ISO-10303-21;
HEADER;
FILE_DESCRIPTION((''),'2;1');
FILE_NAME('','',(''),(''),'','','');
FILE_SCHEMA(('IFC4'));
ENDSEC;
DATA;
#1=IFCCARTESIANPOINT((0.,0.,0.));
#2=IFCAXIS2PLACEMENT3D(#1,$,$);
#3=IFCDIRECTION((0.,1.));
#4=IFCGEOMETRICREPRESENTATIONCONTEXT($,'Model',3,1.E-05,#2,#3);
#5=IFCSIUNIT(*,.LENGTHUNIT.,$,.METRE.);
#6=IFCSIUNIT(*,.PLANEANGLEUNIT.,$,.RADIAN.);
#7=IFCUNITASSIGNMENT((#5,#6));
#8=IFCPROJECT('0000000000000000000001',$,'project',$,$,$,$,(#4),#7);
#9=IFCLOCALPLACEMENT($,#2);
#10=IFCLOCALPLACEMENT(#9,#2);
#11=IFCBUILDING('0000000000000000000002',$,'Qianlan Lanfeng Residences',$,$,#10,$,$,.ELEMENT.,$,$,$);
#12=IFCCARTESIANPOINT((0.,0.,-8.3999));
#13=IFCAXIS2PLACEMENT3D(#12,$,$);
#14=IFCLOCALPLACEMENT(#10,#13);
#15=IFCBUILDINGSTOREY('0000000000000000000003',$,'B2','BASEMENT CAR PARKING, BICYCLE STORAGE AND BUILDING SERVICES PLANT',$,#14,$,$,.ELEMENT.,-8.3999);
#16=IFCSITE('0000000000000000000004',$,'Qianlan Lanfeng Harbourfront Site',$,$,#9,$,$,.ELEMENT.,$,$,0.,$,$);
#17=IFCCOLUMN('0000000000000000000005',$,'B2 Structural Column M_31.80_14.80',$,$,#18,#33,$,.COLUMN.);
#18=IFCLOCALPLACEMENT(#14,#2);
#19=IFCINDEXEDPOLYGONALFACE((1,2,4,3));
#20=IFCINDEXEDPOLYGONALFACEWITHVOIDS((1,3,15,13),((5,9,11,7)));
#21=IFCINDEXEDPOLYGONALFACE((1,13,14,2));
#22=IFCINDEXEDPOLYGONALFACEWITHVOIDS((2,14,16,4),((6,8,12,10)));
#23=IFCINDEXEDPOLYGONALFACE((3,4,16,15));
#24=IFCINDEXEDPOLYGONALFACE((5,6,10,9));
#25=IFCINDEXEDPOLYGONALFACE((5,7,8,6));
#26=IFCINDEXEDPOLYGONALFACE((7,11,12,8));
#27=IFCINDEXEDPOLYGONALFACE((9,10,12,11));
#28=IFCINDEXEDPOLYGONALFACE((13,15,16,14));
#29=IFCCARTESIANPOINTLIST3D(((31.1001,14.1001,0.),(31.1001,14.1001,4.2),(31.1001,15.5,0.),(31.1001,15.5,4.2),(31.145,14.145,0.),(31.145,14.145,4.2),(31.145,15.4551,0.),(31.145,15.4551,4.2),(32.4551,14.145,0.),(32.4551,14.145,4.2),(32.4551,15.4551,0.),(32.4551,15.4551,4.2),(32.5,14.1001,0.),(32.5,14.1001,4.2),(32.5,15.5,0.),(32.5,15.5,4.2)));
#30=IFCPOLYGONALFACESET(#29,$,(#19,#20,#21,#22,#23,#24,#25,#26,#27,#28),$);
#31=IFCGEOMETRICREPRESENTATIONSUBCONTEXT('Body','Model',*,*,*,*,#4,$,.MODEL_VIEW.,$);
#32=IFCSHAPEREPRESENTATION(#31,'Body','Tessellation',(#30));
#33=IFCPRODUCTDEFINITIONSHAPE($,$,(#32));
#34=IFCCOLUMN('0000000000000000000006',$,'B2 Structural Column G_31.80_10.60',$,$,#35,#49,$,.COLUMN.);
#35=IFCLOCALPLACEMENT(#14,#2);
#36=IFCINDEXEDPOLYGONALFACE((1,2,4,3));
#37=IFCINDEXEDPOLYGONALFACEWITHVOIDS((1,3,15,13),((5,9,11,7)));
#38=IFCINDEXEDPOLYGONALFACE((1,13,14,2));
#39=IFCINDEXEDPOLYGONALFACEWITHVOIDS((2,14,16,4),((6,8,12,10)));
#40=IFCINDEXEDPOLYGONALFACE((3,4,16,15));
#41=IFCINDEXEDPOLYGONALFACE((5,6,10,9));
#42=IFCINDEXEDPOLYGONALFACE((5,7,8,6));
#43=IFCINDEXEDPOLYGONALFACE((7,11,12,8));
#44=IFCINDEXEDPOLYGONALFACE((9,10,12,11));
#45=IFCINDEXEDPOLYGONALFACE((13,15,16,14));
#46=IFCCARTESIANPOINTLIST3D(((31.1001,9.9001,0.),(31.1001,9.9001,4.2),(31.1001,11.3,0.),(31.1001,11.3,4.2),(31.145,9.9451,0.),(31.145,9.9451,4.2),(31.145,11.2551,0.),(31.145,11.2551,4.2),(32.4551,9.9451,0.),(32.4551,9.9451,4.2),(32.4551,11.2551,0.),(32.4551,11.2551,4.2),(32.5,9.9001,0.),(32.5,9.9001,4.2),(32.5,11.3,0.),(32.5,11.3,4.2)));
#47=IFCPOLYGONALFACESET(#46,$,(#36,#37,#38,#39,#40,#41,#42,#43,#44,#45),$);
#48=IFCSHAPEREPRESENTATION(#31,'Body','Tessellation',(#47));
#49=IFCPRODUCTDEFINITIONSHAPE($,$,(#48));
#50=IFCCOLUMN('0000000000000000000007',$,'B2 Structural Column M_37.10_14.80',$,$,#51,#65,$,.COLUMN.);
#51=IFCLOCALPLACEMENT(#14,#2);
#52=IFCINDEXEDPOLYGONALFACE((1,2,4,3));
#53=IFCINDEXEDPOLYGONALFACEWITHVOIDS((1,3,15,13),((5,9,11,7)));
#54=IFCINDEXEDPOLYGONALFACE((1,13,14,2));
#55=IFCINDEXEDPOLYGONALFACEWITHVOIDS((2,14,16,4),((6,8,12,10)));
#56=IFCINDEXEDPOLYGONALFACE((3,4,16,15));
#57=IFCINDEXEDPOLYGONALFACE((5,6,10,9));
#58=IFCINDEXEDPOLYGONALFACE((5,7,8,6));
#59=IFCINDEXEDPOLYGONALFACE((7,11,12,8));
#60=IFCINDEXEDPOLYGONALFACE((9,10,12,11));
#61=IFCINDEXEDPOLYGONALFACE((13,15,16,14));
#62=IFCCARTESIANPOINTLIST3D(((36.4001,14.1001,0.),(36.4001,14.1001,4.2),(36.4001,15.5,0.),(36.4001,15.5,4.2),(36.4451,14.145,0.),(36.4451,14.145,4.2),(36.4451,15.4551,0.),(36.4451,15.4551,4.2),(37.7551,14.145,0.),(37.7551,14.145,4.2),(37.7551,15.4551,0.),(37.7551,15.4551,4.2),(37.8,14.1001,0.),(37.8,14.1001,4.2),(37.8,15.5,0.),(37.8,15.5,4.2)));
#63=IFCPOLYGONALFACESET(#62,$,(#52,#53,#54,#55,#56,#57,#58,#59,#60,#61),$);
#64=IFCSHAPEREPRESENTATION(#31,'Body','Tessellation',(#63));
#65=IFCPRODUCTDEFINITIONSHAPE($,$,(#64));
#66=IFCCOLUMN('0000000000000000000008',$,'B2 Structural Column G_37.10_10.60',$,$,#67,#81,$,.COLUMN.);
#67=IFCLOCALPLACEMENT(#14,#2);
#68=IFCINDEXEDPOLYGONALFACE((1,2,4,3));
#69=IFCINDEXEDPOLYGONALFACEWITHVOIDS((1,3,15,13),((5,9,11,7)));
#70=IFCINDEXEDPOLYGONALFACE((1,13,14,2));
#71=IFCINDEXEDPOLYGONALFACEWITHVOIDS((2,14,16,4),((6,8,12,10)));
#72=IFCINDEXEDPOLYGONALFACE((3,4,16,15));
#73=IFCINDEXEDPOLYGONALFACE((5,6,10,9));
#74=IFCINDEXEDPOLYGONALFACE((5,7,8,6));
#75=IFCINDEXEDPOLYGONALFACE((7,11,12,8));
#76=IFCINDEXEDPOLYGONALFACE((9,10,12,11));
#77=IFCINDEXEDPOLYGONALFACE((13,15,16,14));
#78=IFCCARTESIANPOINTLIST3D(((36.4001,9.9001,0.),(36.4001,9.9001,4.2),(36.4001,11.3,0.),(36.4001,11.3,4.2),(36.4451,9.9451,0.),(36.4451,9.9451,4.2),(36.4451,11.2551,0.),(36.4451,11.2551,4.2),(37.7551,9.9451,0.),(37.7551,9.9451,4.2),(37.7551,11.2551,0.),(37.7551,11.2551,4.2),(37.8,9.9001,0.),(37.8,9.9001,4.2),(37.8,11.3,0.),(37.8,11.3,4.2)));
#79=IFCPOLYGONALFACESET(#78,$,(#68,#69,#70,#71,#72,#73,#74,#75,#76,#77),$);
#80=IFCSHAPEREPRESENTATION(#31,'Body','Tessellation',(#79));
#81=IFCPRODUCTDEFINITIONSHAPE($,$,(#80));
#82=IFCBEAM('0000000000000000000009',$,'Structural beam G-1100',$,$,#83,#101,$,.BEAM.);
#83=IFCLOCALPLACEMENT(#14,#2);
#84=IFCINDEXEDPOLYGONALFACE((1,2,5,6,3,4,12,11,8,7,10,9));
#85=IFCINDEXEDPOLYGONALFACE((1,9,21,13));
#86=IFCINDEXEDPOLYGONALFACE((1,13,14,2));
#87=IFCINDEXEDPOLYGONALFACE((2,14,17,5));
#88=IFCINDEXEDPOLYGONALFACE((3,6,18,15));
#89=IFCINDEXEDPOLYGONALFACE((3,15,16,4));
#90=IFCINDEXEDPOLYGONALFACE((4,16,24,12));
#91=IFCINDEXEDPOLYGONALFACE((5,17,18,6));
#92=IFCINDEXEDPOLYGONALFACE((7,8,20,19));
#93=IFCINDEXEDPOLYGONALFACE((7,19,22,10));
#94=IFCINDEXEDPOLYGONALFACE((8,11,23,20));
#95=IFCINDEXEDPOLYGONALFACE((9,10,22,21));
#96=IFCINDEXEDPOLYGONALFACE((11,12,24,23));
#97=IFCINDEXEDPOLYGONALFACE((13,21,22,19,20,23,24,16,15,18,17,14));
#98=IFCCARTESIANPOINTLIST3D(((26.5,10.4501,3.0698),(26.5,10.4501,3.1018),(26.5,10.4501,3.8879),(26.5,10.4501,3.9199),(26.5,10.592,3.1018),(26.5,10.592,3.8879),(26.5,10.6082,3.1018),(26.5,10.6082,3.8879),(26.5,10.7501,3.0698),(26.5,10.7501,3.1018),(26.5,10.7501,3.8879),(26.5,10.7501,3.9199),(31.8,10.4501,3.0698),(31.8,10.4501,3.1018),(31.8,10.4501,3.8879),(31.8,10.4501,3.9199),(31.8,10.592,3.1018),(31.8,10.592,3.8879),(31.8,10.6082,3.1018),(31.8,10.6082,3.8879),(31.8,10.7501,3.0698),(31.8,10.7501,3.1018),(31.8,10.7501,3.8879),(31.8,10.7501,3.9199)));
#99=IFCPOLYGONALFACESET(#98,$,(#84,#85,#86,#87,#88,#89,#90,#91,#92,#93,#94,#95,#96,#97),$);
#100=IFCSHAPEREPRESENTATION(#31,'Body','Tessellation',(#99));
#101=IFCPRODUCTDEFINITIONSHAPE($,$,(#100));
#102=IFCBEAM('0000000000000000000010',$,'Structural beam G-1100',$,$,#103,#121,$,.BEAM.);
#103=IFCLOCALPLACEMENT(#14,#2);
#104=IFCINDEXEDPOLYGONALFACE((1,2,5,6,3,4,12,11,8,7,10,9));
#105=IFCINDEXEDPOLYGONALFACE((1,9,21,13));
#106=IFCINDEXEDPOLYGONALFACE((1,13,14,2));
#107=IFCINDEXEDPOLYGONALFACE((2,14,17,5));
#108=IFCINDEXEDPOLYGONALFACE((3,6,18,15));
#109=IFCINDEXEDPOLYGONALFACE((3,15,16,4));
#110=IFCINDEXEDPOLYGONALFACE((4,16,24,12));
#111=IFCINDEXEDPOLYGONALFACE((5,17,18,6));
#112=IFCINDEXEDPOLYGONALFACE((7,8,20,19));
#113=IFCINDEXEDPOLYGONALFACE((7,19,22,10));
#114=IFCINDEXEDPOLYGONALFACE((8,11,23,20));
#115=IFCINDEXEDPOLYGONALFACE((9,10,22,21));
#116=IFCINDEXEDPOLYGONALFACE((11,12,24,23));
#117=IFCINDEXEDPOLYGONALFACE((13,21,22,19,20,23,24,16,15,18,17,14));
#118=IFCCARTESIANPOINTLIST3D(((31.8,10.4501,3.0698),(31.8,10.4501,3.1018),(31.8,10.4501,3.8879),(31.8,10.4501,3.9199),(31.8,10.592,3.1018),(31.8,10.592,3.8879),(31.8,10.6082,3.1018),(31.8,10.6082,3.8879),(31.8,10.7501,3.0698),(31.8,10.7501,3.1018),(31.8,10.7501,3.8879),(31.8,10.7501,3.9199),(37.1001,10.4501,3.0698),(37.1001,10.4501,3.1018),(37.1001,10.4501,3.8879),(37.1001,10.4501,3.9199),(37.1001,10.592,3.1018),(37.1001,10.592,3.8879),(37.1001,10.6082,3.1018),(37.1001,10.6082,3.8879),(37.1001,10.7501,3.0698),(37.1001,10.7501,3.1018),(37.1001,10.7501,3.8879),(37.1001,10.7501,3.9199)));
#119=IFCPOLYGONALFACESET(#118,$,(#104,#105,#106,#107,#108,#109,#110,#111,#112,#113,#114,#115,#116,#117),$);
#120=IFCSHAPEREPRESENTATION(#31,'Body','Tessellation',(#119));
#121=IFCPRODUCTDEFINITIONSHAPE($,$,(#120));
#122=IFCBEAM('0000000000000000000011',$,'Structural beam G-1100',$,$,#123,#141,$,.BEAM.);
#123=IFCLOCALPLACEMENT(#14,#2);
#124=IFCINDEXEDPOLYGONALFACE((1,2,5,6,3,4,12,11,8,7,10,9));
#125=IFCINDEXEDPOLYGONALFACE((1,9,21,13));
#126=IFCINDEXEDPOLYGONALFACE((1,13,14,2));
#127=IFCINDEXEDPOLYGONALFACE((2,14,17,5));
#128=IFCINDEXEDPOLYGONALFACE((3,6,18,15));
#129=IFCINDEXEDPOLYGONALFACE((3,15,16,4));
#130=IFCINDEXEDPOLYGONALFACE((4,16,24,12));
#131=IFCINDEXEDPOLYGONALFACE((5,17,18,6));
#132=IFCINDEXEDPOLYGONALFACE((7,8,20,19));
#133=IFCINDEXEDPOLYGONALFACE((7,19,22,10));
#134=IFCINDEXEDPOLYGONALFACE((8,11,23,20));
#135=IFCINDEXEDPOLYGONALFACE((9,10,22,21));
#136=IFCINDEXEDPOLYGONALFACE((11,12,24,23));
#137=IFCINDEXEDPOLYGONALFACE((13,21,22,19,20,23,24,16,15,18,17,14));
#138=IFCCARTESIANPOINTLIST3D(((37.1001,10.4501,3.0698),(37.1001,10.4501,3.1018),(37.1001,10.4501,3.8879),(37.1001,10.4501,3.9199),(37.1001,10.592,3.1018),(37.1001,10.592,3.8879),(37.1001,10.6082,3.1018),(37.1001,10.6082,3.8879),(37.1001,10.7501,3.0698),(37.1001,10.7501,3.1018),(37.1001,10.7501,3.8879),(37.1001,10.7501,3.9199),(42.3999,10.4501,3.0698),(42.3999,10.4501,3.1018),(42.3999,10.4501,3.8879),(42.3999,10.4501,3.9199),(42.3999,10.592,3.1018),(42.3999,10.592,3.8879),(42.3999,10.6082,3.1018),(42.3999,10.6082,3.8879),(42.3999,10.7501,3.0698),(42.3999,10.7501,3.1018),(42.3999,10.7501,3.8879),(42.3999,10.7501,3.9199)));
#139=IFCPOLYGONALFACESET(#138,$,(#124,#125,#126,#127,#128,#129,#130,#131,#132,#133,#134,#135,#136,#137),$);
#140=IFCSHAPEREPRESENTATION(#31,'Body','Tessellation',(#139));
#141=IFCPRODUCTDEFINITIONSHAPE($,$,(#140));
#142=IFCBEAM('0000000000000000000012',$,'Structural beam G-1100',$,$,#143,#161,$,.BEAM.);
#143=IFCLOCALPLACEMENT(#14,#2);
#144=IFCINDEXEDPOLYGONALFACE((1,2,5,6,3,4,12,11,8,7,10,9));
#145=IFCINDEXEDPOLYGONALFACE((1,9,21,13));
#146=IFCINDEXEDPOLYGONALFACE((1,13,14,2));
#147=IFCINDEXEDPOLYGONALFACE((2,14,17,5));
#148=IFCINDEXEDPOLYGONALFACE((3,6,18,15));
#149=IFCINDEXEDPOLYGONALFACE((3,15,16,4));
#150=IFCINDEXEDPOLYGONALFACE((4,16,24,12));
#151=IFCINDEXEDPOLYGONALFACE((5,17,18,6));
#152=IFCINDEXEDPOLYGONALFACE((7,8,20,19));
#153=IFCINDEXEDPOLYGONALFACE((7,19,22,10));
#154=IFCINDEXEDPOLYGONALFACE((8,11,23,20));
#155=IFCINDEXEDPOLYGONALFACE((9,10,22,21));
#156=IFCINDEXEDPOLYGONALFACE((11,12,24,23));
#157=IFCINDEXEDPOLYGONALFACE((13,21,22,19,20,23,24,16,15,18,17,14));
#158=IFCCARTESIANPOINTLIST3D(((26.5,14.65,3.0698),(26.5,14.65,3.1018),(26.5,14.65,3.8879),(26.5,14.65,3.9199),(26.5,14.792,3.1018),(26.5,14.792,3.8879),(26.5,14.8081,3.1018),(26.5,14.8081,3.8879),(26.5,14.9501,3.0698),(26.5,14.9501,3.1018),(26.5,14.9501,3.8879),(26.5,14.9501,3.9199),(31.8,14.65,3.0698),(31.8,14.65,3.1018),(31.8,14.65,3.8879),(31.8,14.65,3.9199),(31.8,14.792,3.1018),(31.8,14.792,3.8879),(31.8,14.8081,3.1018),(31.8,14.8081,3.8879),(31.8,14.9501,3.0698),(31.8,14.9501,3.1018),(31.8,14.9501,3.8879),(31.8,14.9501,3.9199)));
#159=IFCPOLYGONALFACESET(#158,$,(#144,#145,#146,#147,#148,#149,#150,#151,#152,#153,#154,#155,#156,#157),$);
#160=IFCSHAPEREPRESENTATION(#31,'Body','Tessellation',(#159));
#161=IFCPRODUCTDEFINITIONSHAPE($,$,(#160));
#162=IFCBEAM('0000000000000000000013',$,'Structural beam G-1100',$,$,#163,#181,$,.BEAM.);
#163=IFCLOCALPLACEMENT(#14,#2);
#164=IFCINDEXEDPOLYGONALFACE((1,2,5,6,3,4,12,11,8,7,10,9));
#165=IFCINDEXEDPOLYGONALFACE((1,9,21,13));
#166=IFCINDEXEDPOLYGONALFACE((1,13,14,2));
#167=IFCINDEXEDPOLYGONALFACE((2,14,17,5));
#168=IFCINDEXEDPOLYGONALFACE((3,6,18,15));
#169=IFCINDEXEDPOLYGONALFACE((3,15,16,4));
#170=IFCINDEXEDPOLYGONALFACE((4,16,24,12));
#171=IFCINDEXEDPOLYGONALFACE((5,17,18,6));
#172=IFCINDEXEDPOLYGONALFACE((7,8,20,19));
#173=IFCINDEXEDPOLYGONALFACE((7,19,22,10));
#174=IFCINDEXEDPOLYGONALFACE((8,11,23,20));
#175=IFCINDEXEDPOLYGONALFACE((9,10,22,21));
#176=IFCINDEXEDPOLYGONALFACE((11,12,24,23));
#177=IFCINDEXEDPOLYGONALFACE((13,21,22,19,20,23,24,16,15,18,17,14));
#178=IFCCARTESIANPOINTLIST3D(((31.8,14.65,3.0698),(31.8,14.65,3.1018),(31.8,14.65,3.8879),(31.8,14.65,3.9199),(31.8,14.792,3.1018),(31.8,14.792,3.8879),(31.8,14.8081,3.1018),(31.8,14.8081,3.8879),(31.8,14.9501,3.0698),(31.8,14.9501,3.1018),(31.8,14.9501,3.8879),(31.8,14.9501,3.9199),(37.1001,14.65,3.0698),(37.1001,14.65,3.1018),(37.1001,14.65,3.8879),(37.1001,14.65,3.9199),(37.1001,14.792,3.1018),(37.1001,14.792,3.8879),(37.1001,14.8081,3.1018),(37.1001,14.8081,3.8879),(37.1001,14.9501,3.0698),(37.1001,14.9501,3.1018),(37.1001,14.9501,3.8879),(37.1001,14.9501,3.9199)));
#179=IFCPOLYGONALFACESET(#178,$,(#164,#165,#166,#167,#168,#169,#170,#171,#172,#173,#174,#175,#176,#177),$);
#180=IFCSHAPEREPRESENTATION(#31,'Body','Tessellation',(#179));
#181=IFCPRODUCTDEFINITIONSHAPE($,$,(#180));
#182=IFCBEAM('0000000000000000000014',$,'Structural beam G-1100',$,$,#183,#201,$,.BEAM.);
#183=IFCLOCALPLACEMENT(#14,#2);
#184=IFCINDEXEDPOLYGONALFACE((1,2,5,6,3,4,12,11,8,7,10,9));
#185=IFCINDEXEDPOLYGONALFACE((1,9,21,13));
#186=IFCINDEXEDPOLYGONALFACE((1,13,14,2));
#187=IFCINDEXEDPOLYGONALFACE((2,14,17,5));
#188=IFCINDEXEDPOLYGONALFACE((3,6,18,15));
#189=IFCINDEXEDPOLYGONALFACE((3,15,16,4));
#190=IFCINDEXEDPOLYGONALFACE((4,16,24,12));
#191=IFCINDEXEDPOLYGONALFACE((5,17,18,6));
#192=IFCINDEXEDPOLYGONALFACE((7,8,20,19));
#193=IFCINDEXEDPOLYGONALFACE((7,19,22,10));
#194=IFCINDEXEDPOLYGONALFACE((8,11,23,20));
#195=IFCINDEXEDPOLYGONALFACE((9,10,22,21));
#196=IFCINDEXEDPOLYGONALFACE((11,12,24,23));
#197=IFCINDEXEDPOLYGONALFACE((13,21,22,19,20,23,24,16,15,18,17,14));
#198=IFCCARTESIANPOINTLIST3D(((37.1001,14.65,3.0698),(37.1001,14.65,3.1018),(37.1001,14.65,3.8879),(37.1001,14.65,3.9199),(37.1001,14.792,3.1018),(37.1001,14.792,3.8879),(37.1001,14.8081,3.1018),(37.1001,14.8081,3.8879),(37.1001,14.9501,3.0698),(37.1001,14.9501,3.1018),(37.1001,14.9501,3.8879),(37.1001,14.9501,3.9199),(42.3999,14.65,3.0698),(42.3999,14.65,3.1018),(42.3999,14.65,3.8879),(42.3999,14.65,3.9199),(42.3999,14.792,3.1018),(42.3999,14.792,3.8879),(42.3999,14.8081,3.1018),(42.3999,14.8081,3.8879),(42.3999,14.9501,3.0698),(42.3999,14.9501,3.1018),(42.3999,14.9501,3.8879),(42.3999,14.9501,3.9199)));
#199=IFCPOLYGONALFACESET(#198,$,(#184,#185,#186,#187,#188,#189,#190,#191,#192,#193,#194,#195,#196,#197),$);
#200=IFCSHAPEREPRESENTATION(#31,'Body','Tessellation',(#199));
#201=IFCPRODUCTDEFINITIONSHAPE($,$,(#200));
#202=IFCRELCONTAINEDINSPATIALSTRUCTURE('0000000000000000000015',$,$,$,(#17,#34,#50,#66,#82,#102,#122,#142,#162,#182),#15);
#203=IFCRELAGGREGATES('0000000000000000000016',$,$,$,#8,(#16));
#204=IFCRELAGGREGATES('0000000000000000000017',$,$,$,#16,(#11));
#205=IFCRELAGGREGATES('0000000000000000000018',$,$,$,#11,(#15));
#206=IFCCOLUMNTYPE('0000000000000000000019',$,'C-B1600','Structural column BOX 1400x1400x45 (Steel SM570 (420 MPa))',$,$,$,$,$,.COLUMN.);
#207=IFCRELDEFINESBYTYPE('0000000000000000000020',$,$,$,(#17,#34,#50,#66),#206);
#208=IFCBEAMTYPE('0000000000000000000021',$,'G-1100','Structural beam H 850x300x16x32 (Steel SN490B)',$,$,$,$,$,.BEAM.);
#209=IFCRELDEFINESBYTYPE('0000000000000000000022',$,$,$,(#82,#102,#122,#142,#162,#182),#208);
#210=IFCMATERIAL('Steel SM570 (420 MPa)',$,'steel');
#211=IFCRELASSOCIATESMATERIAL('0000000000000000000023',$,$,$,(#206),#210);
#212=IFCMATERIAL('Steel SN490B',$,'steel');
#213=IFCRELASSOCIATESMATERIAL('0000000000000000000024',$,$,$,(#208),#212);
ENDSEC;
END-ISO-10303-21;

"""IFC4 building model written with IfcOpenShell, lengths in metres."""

from ifc_helpers import new_model, si_unit, direction, frame, origin, origin_2d, place, context, subcontext, project, spatial, hollow_rectangle, i_section, extrude, material, material_profile, profile_set, type_object, element, save


model = new_model("IFC4")

# Units and contexts
model_context = context("Model", 3, precision=1e-05, world=origin(), true_north=direction((0.0, 1.0)))
body_context = subcontext(model_context, "Body", "Model", "MODEL_VIEW")
ifc_project = project(units=[si_unit("LENGTHUNIT", "METRE"), si_unit("PLANEANGLEUNIT", "RADIAN")], contexts=[model_context])

# Site, building, storey
site_placement = place(None, origin())
site = spatial("IfcSite", under=ifc_project, at=site_placement, Name="Qianlan Lanfeng Harbourfront Site", CompositionType="ELEMENT", RefElevation=0.0)
building_placement = place(site_placement, origin())
building = spatial("IfcBuilding", under=site, at=building_placement, Name="Qianlan Lanfeng Residences", CompositionType="ELEMENT")
storey_placement = place(building_placement, frame((0.0, 0.0, -8.3999)))
storey = spatial("IfcBuildingStorey", under=building, at=storey_placement, Name="B2", Description="BASEMENT CAR PARKING, BICYCLE STORAGE AND BUILDING SERVICES PLANT", CompositionType="ELEMENT", Elevation=-8.3999)

# Columns
ifc_material_1 = material(Name="Steel SM570 (420 MPa)", Category="steel")
ifc_material_profile_1 = material_profile(ifc_material_1, hollow_rectangle(XDim=1.3999, YDim=1.3999, WallThickness=0.0449, at=origin_2d()), Name="BOX 1400x1400x45")
ifc_profile_set_1 = profile_set([ifc_material_profile_1], Name="Steel SM570 (420 MPa)")
column_type = type_object("IfcColumnType", Name="C-B1600", Description="Structural column BOX 1400x1400x45 (Steel SM570 (420 MPa))", PredefinedType="COLUMN", material=ifc_profile_set_1)
for number, where, z_axis, x_axis, name in (
    (1, (31.8, 14.8, 0.0), (0.0, 0.0, 1.0), (1.0, 0.0, 0.0), "B2 Structural Column M_31.80_14.80"),
    (2, (31.8, 10.6001, 0.0), (0.0, 0.0, 1.0), (1.0, 0.0, 0.0), "B2 Structural Column G_31.80_10.60"),
    (3, (37.1001, 14.8, 0.0), (0.0, 0.0, 1.0), (1.0, 0.0, 0.0), "B2 Structural Column M_37.10_14.80"),
    (4, (37.1001, 10.6001, 0.0), (0.0, 0.0, 1.0), (1.0, 0.0, 0.0), "B2 Structural Column G_37.10_10.60"),
):
    element("IfcColumn", number, at=place(storey_placement, frame(where, z_axis=z_axis, x_axis=x_axis)), inside=storey, type_object=column_type, Name=name, PredefinedType="COLUMN", context=body_context, shape_type="SweptSolid", body=[
        extrude(hollow_rectangle(XDim=1.3999, YDim=1.3999, WallThickness=0.0449, at=origin_2d()), origin(), (0.0, 0.0, 1.0), 4.2),
    ])

# Beams
ifc_material_2 = material(Name="Steel SN490B", Category="steel")
ifc_material_profile_2 = material_profile(ifc_material_2, i_section(OverallWidth=0.3, OverallDepth=0.8501, WebThickness=0.0161, FlangeThickness=0.032, at=origin_2d()), Name="H 850x300x16x32")
ifc_profile_set_2 = profile_set([ifc_material_profile_2], Name="Steel SN490B")
beam_type_1 = type_object("IfcBeamType", Name="G-1100", Description="Structural beam H 850x300x16x32 (Steel SN490B)", PredefinedType="BEAM", material=ifc_profile_set_2)
for number, where, z_axis, x_axis, name in (
    (5, (26.5, 10.6001, 3.4949), (1.0, 0.0, 0.0), (0.0, 1.0, 0.0), "Structural beam G-1100"),
    (6, (31.8, 10.6001, 3.4949), (1.0, 0.0, 0.0), (0.0, 1.0, 0.0), "Structural beam G-1100"),
):
    element("IfcBeam", number, at=place(storey_placement, frame(where, z_axis=z_axis, x_axis=x_axis)), inside=storey, type_object=beam_type_1, Name=name, PredefinedType="BEAM", context=body_context, shape_type="SweptSolid", body=[
        extrude(i_section(OverallWidth=0.3, OverallDepth=0.8501, WebThickness=0.0161, FlangeThickness=0.032, at=origin_2d()), origin(), (0.0, 0.0, 1.0), 5.3),
    ])
beam_1_placement = place(storey_placement, frame((37.1001, 10.6001, 3.4949), z_axis=(1.0, 0.0, 0.0), x_axis=(0.0, 1.0, 0.0)))
element("IfcBeam", 7, at=beam_1_placement, inside=storey, type_object=beam_type_1, Name="Structural beam G-1100", PredefinedType="BEAM", context=body_context, shape_type="SweptSolid", body=[
    extrude(i_section(OverallWidth=0.3, OverallDepth=0.8501, WebThickness=0.0161, FlangeThickness=0.032, at=origin_2d()), origin(), (0.0, 0.0, 1.0), 5.2998),
])
for number, where, z_axis, x_axis, name in (
    (8, (26.5, 14.8, 3.4949), (1.0, 0.0, 0.0), (0.0, 1.0, 0.0), "Structural beam G-1100"),
    (9, (31.8, 14.8, 3.4949), (1.0, 0.0, 0.0), (0.0, 1.0, 0.0), "Structural beam G-1100"),
):
    element("IfcBeam", number, at=place(storey_placement, frame(where, z_axis=z_axis, x_axis=x_axis)), inside=storey, type_object=beam_type_1, Name=name, PredefinedType="BEAM", context=body_context, shape_type="SweptSolid", body=[
        extrude(i_section(OverallWidth=0.3, OverallDepth=0.8501, WebThickness=0.0161, FlangeThickness=0.032, at=origin_2d()), origin(), (0.0, 0.0, 1.0), 5.3),
    ])
beam_2_placement = place(storey_placement, frame((37.1001, 14.8, 3.4949), z_axis=(1.0, 0.0, 0.0), x_axis=(0.0, 1.0, 0.0)))
element("IfcBeam", 10, at=beam_2_placement, inside=storey, type_object=beam_type_1, Name="Structural beam G-1100", PredefinedType="BEAM", context=body_context, shape_type="SweptSolid", body=[
    extrude(i_section(OverallWidth=0.3, OverallDepth=0.8501, WebThickness=0.0161, FlangeThickness=0.032, at=origin_2d()), origin(), (0.0, 0.0, 1.0), 5.2998),
])

save(model, "model.ifc")
